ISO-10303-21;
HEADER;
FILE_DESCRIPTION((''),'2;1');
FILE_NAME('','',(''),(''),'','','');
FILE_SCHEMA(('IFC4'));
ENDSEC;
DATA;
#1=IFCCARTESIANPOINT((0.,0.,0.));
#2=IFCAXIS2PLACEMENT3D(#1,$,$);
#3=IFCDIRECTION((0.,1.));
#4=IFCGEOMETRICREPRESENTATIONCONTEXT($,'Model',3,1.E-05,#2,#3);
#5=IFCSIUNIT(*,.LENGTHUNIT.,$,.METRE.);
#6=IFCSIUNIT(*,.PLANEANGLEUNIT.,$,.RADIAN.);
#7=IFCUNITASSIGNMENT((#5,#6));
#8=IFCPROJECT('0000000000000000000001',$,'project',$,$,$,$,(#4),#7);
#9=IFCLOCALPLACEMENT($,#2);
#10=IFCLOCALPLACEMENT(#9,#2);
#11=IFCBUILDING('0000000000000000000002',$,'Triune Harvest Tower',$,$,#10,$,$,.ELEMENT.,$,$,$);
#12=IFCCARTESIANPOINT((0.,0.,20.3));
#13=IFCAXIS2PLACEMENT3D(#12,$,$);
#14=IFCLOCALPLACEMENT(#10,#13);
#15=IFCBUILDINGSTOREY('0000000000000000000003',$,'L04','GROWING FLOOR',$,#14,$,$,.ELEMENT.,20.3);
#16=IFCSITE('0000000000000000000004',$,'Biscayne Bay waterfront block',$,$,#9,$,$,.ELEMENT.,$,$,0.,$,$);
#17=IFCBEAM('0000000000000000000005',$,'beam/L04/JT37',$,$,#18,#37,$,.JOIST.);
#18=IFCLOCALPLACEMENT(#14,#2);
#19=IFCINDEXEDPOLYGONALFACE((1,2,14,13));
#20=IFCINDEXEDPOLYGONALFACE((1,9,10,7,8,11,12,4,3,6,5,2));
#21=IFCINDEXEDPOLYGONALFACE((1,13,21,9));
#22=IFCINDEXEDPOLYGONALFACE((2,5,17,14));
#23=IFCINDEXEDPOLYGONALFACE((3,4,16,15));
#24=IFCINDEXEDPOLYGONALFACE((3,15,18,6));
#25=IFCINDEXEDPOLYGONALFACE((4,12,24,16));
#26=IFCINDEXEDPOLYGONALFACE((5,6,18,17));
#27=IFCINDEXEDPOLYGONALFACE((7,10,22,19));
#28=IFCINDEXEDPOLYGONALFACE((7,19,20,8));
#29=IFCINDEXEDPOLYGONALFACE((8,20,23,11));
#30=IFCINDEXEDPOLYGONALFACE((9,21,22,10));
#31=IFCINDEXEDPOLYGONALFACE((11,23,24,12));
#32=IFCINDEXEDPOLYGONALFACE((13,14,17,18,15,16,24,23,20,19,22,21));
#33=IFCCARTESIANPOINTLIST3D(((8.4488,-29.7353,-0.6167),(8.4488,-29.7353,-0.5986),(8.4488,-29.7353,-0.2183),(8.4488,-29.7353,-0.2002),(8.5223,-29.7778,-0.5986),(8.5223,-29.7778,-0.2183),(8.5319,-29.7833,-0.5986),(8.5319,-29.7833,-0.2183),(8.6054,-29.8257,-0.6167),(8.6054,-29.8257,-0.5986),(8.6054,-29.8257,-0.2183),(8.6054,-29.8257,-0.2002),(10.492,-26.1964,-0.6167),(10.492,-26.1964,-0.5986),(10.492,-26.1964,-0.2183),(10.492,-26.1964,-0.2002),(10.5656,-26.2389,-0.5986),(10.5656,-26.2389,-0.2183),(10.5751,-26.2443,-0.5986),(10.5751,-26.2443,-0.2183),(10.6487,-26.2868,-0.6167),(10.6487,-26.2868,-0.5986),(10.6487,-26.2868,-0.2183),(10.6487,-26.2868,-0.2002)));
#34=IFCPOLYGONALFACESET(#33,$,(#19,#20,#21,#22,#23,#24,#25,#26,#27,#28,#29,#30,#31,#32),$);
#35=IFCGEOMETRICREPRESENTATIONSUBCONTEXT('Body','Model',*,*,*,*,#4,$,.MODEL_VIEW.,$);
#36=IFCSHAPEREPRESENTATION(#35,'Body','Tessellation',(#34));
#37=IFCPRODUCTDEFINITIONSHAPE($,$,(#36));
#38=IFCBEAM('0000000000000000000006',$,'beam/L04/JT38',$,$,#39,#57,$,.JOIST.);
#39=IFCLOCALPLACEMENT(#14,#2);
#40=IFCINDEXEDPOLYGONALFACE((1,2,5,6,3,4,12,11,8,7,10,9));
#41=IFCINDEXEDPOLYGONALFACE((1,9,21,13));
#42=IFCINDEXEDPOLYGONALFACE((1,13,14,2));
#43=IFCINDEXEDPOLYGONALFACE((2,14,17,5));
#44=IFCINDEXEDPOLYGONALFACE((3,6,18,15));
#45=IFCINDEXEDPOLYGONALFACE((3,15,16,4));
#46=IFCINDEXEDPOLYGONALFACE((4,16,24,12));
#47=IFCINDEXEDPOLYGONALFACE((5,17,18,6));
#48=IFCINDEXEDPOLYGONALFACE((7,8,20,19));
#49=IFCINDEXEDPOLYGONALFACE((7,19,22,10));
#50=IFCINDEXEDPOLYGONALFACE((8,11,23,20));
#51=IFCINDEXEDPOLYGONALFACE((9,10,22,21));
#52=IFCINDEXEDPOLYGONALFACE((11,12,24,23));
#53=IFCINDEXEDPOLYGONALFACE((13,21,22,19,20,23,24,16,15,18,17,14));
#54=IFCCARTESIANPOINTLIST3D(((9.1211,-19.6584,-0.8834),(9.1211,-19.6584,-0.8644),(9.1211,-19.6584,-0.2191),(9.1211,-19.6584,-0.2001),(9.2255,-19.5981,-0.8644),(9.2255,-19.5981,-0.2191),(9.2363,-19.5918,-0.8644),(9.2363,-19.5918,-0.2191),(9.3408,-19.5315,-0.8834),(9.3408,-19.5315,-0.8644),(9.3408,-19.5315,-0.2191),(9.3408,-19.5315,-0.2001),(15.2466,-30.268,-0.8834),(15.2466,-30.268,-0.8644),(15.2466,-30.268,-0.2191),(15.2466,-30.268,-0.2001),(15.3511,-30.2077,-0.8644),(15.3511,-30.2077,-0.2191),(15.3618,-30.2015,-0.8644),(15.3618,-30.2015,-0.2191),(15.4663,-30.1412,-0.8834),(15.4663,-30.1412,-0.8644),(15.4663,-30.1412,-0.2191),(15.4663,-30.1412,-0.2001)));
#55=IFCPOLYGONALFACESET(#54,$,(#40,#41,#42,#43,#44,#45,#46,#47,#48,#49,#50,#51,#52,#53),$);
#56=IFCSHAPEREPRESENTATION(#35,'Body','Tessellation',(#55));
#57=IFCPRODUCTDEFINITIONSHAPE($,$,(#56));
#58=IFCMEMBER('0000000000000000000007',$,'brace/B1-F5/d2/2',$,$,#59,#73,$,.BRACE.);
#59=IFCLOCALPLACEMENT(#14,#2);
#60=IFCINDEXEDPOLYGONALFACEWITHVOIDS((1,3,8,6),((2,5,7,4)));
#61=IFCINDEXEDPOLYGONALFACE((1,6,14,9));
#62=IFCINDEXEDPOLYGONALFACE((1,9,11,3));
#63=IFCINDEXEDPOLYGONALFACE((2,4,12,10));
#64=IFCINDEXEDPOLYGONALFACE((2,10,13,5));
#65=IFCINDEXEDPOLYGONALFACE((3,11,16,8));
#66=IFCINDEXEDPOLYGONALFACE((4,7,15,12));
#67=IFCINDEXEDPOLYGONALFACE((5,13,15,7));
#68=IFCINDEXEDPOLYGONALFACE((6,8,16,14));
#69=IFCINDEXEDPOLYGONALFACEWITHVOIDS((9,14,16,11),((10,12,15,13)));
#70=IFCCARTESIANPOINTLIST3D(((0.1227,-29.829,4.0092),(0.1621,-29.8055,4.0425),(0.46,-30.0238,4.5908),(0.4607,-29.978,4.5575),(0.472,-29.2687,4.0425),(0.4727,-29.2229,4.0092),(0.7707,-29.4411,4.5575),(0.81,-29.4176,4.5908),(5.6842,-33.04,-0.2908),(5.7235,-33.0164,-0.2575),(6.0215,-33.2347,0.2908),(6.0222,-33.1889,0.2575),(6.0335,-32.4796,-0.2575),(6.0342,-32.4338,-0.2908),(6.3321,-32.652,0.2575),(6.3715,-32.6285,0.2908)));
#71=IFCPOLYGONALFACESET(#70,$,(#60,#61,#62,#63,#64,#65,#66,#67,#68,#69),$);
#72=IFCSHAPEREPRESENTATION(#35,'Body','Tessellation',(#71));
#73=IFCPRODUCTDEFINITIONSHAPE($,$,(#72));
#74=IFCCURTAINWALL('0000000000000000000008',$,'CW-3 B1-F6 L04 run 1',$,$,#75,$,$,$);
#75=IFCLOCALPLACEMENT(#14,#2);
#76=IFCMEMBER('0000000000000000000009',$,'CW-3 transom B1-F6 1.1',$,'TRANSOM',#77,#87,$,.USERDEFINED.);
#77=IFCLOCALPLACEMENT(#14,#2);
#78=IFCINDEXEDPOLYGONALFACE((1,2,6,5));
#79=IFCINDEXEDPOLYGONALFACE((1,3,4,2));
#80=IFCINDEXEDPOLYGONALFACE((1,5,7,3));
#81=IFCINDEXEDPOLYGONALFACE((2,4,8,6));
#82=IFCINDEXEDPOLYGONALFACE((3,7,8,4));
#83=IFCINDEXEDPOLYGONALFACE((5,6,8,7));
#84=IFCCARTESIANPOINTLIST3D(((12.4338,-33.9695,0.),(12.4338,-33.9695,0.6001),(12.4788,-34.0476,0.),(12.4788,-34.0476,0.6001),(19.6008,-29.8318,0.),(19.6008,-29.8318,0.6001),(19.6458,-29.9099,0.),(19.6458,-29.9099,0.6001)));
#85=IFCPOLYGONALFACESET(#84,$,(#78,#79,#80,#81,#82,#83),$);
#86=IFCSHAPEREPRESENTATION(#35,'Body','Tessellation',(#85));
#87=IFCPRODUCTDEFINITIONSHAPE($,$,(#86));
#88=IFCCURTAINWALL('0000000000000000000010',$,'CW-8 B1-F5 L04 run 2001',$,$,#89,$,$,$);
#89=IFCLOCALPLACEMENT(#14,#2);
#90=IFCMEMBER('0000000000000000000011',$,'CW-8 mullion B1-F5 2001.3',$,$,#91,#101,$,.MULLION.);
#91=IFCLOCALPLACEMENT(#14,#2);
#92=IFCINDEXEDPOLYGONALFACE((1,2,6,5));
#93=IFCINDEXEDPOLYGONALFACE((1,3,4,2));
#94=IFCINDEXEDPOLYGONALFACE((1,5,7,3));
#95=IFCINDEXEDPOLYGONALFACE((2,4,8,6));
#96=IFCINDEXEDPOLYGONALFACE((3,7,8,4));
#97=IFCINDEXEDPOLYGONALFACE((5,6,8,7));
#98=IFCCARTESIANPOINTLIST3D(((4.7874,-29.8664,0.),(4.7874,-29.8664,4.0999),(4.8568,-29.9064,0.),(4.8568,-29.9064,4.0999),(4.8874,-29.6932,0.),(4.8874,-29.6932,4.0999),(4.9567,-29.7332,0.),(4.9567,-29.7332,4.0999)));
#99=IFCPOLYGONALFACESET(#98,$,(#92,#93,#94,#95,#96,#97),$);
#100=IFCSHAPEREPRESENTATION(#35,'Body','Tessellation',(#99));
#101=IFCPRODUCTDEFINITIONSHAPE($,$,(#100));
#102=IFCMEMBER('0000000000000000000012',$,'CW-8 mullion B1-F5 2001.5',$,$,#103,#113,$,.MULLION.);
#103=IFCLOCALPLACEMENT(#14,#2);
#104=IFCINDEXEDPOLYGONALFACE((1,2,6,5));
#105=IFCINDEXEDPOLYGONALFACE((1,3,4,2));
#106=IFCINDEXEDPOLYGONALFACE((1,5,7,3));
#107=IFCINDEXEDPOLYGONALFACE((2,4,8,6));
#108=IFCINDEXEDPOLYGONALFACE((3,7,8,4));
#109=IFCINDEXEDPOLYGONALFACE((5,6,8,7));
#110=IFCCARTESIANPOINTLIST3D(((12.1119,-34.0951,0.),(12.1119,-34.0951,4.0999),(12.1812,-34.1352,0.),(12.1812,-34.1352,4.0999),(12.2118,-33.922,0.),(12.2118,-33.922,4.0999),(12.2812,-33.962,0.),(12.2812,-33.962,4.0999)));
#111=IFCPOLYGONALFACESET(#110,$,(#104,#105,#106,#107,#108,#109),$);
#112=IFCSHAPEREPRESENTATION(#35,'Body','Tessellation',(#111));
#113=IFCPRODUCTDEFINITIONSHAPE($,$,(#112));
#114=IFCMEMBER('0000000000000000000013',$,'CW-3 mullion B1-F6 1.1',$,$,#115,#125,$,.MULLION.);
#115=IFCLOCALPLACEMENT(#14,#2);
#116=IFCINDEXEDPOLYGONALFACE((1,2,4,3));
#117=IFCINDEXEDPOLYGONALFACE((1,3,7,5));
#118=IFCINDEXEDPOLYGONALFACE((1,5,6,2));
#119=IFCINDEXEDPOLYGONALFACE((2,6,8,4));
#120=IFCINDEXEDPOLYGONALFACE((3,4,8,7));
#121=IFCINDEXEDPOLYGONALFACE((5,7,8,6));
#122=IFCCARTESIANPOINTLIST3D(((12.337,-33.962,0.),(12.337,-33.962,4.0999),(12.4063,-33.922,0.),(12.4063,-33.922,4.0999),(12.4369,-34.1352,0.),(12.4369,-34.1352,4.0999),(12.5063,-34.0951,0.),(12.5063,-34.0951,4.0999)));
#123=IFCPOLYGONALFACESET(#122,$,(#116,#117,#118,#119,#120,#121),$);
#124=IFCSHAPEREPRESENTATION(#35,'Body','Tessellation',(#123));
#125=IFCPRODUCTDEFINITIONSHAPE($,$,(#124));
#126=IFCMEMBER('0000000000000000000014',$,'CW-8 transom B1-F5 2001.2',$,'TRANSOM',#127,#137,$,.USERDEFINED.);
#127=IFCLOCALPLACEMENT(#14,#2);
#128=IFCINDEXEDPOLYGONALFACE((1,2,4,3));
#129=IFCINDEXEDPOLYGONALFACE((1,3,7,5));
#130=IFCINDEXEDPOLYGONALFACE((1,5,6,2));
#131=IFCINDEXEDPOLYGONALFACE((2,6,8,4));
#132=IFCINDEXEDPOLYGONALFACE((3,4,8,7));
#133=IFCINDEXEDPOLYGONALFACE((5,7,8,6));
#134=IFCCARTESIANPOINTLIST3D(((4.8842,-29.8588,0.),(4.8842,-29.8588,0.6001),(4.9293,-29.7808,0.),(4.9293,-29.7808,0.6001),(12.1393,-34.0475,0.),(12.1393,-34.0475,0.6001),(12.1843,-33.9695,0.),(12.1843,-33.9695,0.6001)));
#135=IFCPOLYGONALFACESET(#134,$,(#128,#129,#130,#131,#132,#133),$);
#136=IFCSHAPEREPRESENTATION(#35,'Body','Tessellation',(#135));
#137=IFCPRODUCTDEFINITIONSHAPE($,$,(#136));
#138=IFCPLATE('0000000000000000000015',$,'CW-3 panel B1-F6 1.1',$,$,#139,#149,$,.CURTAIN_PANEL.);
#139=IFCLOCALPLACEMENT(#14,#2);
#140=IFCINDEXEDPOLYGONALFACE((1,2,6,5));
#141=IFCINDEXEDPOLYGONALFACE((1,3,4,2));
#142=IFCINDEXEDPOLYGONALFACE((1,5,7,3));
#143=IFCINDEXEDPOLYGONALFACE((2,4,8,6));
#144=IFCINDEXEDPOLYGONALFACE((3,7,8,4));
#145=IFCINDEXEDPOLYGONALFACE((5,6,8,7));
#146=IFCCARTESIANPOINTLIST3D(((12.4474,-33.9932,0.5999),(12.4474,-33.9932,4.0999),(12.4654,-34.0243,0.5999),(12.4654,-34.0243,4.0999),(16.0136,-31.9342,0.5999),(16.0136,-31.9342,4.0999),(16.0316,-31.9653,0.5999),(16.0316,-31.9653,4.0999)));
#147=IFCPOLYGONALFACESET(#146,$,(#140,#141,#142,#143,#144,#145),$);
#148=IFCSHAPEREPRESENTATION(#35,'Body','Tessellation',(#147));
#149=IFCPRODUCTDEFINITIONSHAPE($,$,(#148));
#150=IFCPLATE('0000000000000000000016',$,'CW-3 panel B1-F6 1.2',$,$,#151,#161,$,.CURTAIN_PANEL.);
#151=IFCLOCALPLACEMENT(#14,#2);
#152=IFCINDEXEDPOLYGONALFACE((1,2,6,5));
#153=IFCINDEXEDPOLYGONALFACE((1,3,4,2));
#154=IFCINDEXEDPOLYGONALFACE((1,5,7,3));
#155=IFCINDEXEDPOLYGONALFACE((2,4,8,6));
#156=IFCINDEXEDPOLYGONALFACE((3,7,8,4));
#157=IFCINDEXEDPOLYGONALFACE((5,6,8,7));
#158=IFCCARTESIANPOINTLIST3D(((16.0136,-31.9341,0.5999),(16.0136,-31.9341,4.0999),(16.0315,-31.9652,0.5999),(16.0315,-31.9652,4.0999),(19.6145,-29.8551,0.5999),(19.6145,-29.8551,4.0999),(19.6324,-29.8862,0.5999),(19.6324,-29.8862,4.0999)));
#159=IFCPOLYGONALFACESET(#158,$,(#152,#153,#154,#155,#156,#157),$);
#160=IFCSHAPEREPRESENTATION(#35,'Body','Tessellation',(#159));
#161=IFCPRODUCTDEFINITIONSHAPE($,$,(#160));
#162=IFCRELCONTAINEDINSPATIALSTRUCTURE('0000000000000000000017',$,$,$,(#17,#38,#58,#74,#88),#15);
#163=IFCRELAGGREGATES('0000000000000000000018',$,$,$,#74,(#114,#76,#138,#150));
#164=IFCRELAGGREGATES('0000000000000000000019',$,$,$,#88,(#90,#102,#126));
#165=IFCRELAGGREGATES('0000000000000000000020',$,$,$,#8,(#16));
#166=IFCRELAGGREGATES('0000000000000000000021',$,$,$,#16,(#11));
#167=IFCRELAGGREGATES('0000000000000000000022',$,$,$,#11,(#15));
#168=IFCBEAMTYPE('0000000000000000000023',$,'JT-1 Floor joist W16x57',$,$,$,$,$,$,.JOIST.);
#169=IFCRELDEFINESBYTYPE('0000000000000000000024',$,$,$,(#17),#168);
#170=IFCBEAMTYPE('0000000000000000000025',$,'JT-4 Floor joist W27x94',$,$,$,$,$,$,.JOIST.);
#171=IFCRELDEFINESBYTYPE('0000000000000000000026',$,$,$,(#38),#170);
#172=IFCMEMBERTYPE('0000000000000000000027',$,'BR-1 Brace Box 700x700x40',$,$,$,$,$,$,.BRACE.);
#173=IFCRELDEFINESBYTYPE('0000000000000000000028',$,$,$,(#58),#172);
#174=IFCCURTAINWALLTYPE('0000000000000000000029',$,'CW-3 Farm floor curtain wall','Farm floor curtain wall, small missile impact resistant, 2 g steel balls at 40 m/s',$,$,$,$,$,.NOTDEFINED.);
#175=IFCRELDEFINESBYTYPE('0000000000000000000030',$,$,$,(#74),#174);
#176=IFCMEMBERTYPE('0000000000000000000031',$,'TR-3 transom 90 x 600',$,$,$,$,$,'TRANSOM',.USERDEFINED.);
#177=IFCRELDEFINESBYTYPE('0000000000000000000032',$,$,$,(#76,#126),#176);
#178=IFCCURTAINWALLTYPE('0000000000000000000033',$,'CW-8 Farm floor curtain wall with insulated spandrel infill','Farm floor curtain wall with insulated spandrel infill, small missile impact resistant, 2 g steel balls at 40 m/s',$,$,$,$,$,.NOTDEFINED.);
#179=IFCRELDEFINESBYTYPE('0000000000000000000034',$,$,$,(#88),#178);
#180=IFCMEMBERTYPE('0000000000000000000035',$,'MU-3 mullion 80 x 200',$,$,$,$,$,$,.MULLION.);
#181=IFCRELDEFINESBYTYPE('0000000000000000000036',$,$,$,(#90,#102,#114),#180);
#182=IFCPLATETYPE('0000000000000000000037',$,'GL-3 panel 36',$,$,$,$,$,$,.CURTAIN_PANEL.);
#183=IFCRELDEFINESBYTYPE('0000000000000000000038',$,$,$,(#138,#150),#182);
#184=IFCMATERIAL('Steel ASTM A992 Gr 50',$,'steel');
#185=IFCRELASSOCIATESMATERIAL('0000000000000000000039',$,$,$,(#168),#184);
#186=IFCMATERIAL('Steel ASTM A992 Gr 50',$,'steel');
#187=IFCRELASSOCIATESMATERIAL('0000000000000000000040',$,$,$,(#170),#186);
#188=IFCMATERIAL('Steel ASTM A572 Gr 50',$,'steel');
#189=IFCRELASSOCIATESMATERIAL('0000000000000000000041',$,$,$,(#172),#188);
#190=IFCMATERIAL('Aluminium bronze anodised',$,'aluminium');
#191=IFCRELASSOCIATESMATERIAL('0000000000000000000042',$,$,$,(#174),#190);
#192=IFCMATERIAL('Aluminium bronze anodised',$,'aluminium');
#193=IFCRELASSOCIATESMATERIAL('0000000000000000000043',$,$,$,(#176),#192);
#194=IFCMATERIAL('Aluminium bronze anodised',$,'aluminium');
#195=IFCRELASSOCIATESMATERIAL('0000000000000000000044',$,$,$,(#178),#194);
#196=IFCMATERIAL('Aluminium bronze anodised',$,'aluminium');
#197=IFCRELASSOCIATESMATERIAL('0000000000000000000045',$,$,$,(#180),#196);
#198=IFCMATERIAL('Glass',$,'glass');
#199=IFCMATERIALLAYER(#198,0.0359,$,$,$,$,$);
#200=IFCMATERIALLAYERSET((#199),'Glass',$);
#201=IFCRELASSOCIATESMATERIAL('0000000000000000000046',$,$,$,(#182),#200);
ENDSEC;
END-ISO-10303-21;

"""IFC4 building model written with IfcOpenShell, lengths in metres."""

from ifc_helpers import new_model, si_unit, direction, frame, origin, origin_2d, place, context, subcontext, project, spatial, rectangle, hollow_rectangle, i_section, extrude, source, transform, mapped, material, layer, layer_set, material_profile, profile_set, type_object, element, aggregate, save


model = new_model("IFC4")

# Units and contexts
model_context = context("Model", 3, precision=1e-05, world=origin(), true_north=direction((0.0, 1.0)))
body_context = subcontext(model_context, "Body", "Model", "MODEL_VIEW")
ifc_project = project(units=[si_unit("LENGTHUNIT", "METRE"), si_unit("PLANEANGLEUNIT", "RADIAN")], contexts=[model_context])

# Site, building, storey
site_placement = place(None, origin())
site = spatial("IfcSite", under=ifc_project, at=site_placement, Name="Biscayne Bay waterfront block", CompositionType="ELEMENT", RefElevation=0.0)
building_placement = place(site_placement, origin())
building = spatial("IfcBuilding", under=site, at=building_placement, Name="Triune Harvest Tower", CompositionType="ELEMENT")
storey_placement = place(building_placement, frame((0.0, 0.0, 20.3)))
storey = spatial("IfcBuildingStorey", under=building, at=storey_placement, Name="L04", Description="GROWING FLOOR", CompositionType="ELEMENT", Elevation=20.3)

# Beams
ifc_material_1 = material(Name="Steel ASTM A992 Gr 50", Category="steel")
ifc_material_profile_1 = material_profile(ifc_material_1, i_section(OverallWidth=0.1809, OverallDepth=0.4165, WebThickness=0.011, FlangeThickness=0.0181, at=origin_2d()), Name="W16x57")
ifc_profile_set_1 = profile_set([ifc_material_profile_1], Name="Steel ASTM A992 Gr 50")
beam_type_1 = type_object("IfcBeamType", Name="JT-1 Floor joist W16x57", PredefinedType="JOIST", material=ifc_profile_set_1)
shared_shape_1 = source(origin(), body_context, "Body", "SweptSolid", [
    extrude(i_section(OverallWidth=0.1809, OverallDepth=0.4165, WebThickness=0.011, FlangeThickness=0.0181, at=origin_2d()), origin(), (0.0, 0.0, 1.0), 4.0864),
])
beam_1_placement = place(storey_placement, frame((8.5271, -29.7805, -0.4084), z_axis=(0.500014, 0.866017, 0.0), x_axis=(-0.866017, 0.500014, 0.0)))
element("IfcBeam", 1, at=beam_1_placement, inside=storey, type_object=beam_type_1, Name="beam/L04/JT37", PredefinedType="JOIST", context=body_context, shape_type="MappedRepresentation", body=[
    mapped(shared_shape_1, transform((0.0, 0.0, 0.0), scale=1.0)),
])
ifc_material_2 = material(Name="Steel ASTM A992 Gr 50", Category="steel")
ifc_material_profile_2 = material_profile(ifc_material_2, i_section(OverallWidth=0.2537, OverallDepth=0.6833, WebThickness=0.0125, FlangeThickness=0.019, at=origin_2d()), Name="W27x94")
ifc_profile_set_2 = profile_set([ifc_material_profile_2], Name="Steel ASTM A992 Gr 50")
beam_type_2 = type_object("IfcBeamType", Name="JT-4 Floor joist W27x94", PredefinedType="JOIST", material=ifc_profile_set_2)
shared_shape_2 = source(origin(), body_context, "Body", "SweptSolid", [
    extrude(i_section(OverallWidth=0.2537, OverallDepth=0.6833, WebThickness=0.0125, FlangeThickness=0.019, at=origin_2d()), origin(), (0.0, 0.0, 1.0), 12.251),
])
beam_2_placement = place(storey_placement, frame((15.3564, -30.2046, -0.5417), z_axis=(-0.500001, 0.866025, 0.0), x_axis=(-0.866025, -0.500001, 0.0)))
element("IfcBeam", 2, at=beam_2_placement, inside=storey, type_object=beam_type_2, Name="beam/L04/JT38", PredefinedType="JOIST", context=body_context, shape_type="MappedRepresentation", body=[
    mapped(shared_shape_2, transform((0.0, 0.0, 0.0), scale=1.0)),
])

# Member
ifc_material_3 = material(Name="Steel ASTM A572 Gr 50", Category="steel")
ifc_material_profile_3 = material_profile(ifc_material_3, hollow_rectangle(XDim=0.7, YDim=0.7, WallThickness=0.04, at=origin_2d()), Name="Box 700x700x40")
ifc_profile_set_3 = profile_set([ifc_material_profile_3], Name="Steel ASTM A572 Gr 50")
member_type_1 = type_object("IfcMemberType", Name="BR-1 Brace Box 700x700x40", PredefinedType="BRACE", material=ifc_profile_set_3)
shared_shape_3 = source(origin(), body_context, "Body", "SweptSolid", [
    extrude(hollow_rectangle(XDim=0.7, YDim=0.7, WallThickness=0.04, at=origin_2d()), origin(), (0.0, 0.0, 1.0), 7.7285),
])
member_1_placement = place(storey_placement, frame((6.0278, -32.8342, 0.0), z_axis=(-0.719604, 0.415462, 0.556382), x_axis=(-0.499999, -0.866026, 0.0)))
element("IfcMember", 3, at=member_1_placement, inside=storey, type_object=member_type_1, Name="brace/B1-F5/d2/2", PredefinedType="BRACE", context=body_context, shape_type="MappedRepresentation", body=[
    mapped(shared_shape_3, transform((0.0, 0.0, 0.0), scale=1.0)),
])

# Curtain wall, member
ifc_material_4 = material(Name="Aluminium bronze anodised", Category="aluminium")
curtain_wall_type_1 = type_object("IfcCurtainWallType", Name="CW-3 Farm floor curtain wall", Description="Farm floor curtain wall, small missile impact resistant, 2 g steel balls at 40 m/s", PredefinedType="NOTDEFINED", material=ifc_material_4)
curtain_wall_1_placement = place(storey_placement, origin())
curtain_wall_1 = element("IfcCurtainWall", 4, at=curtain_wall_1_placement, inside=storey, type_object=curtain_wall_type_1, Name="CW-3 B1-F6 L04 run 1")
ifc_material_5 = material(Name="Aluminium bronze anodised", Category="aluminium")
ifc_material_profile_4 = material_profile(ifc_material_5, rectangle(XDim=0.0901, YDim=0.6001, at=origin_2d()), Name="TR-3 transom 90 x 600")
ifc_profile_set_4 = profile_set([ifc_material_profile_4], Name="Aluminium bronze anodised")
member_type_2 = type_object("IfcMemberType", Name="TR-3 transom 90 x 600", ElementType="TRANSOM", PredefinedType="USERDEFINED", material=ifc_profile_set_4)
shared_shape_4 = source(origin(), body_context, "Body", "SweptSolid", [
    extrude(rectangle(XDim=0.0901, YDim=0.6001, at=origin_2d()), origin(), (0.0, 0.0, 1.0), 8.2756),
])
member_2_placement = place(storey_placement, frame((12.4563, -34.0085, 0.3), z_axis=(0.866034, 0.499985, 0.0), x_axis=(-0.499985, 0.866034, 0.0)))
member_2 = element("IfcMember", 5, at=member_2_placement, type_object=member_type_2, Name="CW-3 transom B1-F6 1.1", ObjectType="TRANSOM", PredefinedType="USERDEFINED", context=body_context, shape_type="MappedRepresentation", body=[
    mapped(shared_shape_4, transform((0.0, 0.0, 0.0), scale=1.0)),
])

# Curtain wall, members
ifc_material_6 = material(Name="Aluminium bronze anodised", Category="aluminium")
curtain_wall_type_2 = type_object("IfcCurtainWallType", Name="CW-8 Farm floor curtain wall with insulated spandrel infill", Description="Farm floor curtain wall with insulated spandrel infill, small missile impact resistant, 2 g steel balls at 40 m/s", PredefinedType="NOTDEFINED", material=ifc_material_6)
curtain_wall_2_placement = place(storey_placement, origin())
curtain_wall_2 = element("IfcCurtainWall", 6, at=curtain_wall_2_placement, inside=storey, type_object=curtain_wall_type_2, Name="CW-8 B1-F5 L04 run 2001")
ifc_material_7 = material(Name="Aluminium bronze anodised", Category="aluminium")
ifc_material_profile_5 = material_profile(ifc_material_7, rectangle(XDim=0.2, YDim=0.0801, at=origin_2d()), Name="MU-3 mullion 80 x 200")
ifc_profile_set_5 = profile_set([ifc_material_profile_5], Name="Aluminium bronze anodised")
member_type_3 = type_object("IfcMemberType", Name="MU-3 mullion 80 x 200", PredefinedType="MULLION", material=ifc_profile_set_5)
shared_shape_5 = source(origin(), body_context, "Body", "SweptSolid", [
    extrude(rectangle(XDim=0.2, YDim=0.0801, at=origin_2d()), origin(), (0.0, 0.0, 1.0), 4.0999),
])
member_3_placement = place(storey_placement, frame((4.8721, -29.7998, 0.0), z_axis=(0.0, 0.0, 1.0), x_axis=(0.500001, 0.866025, 0.0)))
member_3 = element("IfcMember", 7, at=member_3_placement, type_object=member_type_3, Name="CW-8 mullion B1-F5 2001.3", PredefinedType="MULLION", context=body_context, shape_type="MappedRepresentation", body=[
    mapped(shared_shape_5, transform((0.0, 0.0, 0.0), scale=1.0)),
])
member_4_placement = place(storey_placement, frame((12.1965, -34.0286, 0.0), z_axis=(0.0, 0.0, 1.0), x_axis=(0.500001, 0.866025, 0.0)))
member_4 = element("IfcMember", 8, at=member_4_placement, type_object=member_type_3, Name="CW-8 mullion B1-F5 2001.5", PredefinedType="MULLION", context=body_context, shape_type="MappedRepresentation", body=[
    mapped(shared_shape_5, transform((0.0, 0.0, 0.0), scale=1.0)),
])

# Members
member_5_placement = place(storey_placement, frame((12.4216, -34.0286, 0.0), z_axis=(0.0, 0.0, 1.0), x_axis=(-0.499999, 0.866026, 0.0)))
member_5 = element("IfcMember", 9, at=member_5_placement, type_object=member_type_3, Name="CW-3 mullion B1-F6 1.1", PredefinedType="MULLION", context=body_context, shape_type="MappedRepresentation", body=[
    mapped(shared_shape_5, transform((0.0, 0.0, 0.0), scale=1.0)),
])
shared_shape_6 = source(origin(), body_context, "Body", "SweptSolid", [
    extrude(rectangle(XDim=0.0901, YDim=0.6001, at=origin_2d()), origin(), (0.0, 0.0, 1.0), 8.3774),
])
member_6_placement = place(storey_placement, frame((4.9067, -29.8198, 0.3), z_axis=(0.866027, -0.499997, 0.0), x_axis=(0.499997, 0.866027, 0.0)))
member_6 = element("IfcMember", 10, at=member_6_placement, type_object=member_type_2, Name="CW-8 transom B1-F5 2001.2", ObjectType="TRANSOM", PredefinedType="USERDEFINED", context=body_context, shape_type="MappedRepresentation", body=[
    mapped(shared_shape_6, transform((0.0, 0.0, 0.0), scale=1.0)),
])

# Plates
ifc_material_8 = material(Name="Glass", Category="glass")
ifc_layer_1 = layer(ifc_material_8, 0.0359)
ifc_layer_set_1 = layer_set([ifc_layer_1], Name="Glass")
plate_type_1 = type_object("IfcPlateType", Name="GL-3 panel 36", PredefinedType="CURTAIN_PANEL", material=ifc_layer_set_1)
shared_shape_7 = source(origin(), body_context, "Body", "SweptSolid", [
    extrude(rectangle(XDim=4.1179, YDim=0.0359, at=origin_2d()), origin(), (0.0, 0.0, 1.0), 3.5),
])
plate_1_placement = place(storey_placement, frame((14.2395, -32.9792, 0.5999), z_axis=(0.0, 0.0, 1.0), x_axis=(0.866026, 0.499999, 0.0)))
plate_1 = element("IfcPlate", 11, at=plate_1_placement, type_object=plate_type_1, Name="CW-3 panel B1-F6 1.1", PredefinedType="CURTAIN_PANEL", context=body_context, shape_type="MappedRepresentation", body=[
    mapped(shared_shape_7, transform((0.0, 0.0, 0.0), scale=1.0)),
])
shared_shape_8 = source(origin(), body_context, "Body", "SweptSolid", [
    extrude(rectangle(XDim=4.158, YDim=0.0359, at=origin_2d()), origin(), (0.0, 0.0, 1.0), 3.5),
])
plate_2_placement = place(storey_placement, frame((17.823, -30.9102, 0.5999), z_axis=(0.0, 0.0, 1.0), x_axis=(0.866026, 0.499999, 0.0)))
plate_2 = element("IfcPlate", 12, at=plate_2_placement, type_object=plate_type_1, Name="CW-3 panel B1-F6 1.2", PredefinedType="CURTAIN_PANEL", context=body_context, shape_type="MappedRepresentation", body=[
    mapped(shared_shape_8, transform((0.0, 0.0, 0.0), scale=1.0)),
])
aggregate(curtain_wall_1, [member_5, member_2, plate_1, plate_2])
aggregate(curtain_wall_2, [member_3, member_4, member_6])

save(model, "model.ifc")
